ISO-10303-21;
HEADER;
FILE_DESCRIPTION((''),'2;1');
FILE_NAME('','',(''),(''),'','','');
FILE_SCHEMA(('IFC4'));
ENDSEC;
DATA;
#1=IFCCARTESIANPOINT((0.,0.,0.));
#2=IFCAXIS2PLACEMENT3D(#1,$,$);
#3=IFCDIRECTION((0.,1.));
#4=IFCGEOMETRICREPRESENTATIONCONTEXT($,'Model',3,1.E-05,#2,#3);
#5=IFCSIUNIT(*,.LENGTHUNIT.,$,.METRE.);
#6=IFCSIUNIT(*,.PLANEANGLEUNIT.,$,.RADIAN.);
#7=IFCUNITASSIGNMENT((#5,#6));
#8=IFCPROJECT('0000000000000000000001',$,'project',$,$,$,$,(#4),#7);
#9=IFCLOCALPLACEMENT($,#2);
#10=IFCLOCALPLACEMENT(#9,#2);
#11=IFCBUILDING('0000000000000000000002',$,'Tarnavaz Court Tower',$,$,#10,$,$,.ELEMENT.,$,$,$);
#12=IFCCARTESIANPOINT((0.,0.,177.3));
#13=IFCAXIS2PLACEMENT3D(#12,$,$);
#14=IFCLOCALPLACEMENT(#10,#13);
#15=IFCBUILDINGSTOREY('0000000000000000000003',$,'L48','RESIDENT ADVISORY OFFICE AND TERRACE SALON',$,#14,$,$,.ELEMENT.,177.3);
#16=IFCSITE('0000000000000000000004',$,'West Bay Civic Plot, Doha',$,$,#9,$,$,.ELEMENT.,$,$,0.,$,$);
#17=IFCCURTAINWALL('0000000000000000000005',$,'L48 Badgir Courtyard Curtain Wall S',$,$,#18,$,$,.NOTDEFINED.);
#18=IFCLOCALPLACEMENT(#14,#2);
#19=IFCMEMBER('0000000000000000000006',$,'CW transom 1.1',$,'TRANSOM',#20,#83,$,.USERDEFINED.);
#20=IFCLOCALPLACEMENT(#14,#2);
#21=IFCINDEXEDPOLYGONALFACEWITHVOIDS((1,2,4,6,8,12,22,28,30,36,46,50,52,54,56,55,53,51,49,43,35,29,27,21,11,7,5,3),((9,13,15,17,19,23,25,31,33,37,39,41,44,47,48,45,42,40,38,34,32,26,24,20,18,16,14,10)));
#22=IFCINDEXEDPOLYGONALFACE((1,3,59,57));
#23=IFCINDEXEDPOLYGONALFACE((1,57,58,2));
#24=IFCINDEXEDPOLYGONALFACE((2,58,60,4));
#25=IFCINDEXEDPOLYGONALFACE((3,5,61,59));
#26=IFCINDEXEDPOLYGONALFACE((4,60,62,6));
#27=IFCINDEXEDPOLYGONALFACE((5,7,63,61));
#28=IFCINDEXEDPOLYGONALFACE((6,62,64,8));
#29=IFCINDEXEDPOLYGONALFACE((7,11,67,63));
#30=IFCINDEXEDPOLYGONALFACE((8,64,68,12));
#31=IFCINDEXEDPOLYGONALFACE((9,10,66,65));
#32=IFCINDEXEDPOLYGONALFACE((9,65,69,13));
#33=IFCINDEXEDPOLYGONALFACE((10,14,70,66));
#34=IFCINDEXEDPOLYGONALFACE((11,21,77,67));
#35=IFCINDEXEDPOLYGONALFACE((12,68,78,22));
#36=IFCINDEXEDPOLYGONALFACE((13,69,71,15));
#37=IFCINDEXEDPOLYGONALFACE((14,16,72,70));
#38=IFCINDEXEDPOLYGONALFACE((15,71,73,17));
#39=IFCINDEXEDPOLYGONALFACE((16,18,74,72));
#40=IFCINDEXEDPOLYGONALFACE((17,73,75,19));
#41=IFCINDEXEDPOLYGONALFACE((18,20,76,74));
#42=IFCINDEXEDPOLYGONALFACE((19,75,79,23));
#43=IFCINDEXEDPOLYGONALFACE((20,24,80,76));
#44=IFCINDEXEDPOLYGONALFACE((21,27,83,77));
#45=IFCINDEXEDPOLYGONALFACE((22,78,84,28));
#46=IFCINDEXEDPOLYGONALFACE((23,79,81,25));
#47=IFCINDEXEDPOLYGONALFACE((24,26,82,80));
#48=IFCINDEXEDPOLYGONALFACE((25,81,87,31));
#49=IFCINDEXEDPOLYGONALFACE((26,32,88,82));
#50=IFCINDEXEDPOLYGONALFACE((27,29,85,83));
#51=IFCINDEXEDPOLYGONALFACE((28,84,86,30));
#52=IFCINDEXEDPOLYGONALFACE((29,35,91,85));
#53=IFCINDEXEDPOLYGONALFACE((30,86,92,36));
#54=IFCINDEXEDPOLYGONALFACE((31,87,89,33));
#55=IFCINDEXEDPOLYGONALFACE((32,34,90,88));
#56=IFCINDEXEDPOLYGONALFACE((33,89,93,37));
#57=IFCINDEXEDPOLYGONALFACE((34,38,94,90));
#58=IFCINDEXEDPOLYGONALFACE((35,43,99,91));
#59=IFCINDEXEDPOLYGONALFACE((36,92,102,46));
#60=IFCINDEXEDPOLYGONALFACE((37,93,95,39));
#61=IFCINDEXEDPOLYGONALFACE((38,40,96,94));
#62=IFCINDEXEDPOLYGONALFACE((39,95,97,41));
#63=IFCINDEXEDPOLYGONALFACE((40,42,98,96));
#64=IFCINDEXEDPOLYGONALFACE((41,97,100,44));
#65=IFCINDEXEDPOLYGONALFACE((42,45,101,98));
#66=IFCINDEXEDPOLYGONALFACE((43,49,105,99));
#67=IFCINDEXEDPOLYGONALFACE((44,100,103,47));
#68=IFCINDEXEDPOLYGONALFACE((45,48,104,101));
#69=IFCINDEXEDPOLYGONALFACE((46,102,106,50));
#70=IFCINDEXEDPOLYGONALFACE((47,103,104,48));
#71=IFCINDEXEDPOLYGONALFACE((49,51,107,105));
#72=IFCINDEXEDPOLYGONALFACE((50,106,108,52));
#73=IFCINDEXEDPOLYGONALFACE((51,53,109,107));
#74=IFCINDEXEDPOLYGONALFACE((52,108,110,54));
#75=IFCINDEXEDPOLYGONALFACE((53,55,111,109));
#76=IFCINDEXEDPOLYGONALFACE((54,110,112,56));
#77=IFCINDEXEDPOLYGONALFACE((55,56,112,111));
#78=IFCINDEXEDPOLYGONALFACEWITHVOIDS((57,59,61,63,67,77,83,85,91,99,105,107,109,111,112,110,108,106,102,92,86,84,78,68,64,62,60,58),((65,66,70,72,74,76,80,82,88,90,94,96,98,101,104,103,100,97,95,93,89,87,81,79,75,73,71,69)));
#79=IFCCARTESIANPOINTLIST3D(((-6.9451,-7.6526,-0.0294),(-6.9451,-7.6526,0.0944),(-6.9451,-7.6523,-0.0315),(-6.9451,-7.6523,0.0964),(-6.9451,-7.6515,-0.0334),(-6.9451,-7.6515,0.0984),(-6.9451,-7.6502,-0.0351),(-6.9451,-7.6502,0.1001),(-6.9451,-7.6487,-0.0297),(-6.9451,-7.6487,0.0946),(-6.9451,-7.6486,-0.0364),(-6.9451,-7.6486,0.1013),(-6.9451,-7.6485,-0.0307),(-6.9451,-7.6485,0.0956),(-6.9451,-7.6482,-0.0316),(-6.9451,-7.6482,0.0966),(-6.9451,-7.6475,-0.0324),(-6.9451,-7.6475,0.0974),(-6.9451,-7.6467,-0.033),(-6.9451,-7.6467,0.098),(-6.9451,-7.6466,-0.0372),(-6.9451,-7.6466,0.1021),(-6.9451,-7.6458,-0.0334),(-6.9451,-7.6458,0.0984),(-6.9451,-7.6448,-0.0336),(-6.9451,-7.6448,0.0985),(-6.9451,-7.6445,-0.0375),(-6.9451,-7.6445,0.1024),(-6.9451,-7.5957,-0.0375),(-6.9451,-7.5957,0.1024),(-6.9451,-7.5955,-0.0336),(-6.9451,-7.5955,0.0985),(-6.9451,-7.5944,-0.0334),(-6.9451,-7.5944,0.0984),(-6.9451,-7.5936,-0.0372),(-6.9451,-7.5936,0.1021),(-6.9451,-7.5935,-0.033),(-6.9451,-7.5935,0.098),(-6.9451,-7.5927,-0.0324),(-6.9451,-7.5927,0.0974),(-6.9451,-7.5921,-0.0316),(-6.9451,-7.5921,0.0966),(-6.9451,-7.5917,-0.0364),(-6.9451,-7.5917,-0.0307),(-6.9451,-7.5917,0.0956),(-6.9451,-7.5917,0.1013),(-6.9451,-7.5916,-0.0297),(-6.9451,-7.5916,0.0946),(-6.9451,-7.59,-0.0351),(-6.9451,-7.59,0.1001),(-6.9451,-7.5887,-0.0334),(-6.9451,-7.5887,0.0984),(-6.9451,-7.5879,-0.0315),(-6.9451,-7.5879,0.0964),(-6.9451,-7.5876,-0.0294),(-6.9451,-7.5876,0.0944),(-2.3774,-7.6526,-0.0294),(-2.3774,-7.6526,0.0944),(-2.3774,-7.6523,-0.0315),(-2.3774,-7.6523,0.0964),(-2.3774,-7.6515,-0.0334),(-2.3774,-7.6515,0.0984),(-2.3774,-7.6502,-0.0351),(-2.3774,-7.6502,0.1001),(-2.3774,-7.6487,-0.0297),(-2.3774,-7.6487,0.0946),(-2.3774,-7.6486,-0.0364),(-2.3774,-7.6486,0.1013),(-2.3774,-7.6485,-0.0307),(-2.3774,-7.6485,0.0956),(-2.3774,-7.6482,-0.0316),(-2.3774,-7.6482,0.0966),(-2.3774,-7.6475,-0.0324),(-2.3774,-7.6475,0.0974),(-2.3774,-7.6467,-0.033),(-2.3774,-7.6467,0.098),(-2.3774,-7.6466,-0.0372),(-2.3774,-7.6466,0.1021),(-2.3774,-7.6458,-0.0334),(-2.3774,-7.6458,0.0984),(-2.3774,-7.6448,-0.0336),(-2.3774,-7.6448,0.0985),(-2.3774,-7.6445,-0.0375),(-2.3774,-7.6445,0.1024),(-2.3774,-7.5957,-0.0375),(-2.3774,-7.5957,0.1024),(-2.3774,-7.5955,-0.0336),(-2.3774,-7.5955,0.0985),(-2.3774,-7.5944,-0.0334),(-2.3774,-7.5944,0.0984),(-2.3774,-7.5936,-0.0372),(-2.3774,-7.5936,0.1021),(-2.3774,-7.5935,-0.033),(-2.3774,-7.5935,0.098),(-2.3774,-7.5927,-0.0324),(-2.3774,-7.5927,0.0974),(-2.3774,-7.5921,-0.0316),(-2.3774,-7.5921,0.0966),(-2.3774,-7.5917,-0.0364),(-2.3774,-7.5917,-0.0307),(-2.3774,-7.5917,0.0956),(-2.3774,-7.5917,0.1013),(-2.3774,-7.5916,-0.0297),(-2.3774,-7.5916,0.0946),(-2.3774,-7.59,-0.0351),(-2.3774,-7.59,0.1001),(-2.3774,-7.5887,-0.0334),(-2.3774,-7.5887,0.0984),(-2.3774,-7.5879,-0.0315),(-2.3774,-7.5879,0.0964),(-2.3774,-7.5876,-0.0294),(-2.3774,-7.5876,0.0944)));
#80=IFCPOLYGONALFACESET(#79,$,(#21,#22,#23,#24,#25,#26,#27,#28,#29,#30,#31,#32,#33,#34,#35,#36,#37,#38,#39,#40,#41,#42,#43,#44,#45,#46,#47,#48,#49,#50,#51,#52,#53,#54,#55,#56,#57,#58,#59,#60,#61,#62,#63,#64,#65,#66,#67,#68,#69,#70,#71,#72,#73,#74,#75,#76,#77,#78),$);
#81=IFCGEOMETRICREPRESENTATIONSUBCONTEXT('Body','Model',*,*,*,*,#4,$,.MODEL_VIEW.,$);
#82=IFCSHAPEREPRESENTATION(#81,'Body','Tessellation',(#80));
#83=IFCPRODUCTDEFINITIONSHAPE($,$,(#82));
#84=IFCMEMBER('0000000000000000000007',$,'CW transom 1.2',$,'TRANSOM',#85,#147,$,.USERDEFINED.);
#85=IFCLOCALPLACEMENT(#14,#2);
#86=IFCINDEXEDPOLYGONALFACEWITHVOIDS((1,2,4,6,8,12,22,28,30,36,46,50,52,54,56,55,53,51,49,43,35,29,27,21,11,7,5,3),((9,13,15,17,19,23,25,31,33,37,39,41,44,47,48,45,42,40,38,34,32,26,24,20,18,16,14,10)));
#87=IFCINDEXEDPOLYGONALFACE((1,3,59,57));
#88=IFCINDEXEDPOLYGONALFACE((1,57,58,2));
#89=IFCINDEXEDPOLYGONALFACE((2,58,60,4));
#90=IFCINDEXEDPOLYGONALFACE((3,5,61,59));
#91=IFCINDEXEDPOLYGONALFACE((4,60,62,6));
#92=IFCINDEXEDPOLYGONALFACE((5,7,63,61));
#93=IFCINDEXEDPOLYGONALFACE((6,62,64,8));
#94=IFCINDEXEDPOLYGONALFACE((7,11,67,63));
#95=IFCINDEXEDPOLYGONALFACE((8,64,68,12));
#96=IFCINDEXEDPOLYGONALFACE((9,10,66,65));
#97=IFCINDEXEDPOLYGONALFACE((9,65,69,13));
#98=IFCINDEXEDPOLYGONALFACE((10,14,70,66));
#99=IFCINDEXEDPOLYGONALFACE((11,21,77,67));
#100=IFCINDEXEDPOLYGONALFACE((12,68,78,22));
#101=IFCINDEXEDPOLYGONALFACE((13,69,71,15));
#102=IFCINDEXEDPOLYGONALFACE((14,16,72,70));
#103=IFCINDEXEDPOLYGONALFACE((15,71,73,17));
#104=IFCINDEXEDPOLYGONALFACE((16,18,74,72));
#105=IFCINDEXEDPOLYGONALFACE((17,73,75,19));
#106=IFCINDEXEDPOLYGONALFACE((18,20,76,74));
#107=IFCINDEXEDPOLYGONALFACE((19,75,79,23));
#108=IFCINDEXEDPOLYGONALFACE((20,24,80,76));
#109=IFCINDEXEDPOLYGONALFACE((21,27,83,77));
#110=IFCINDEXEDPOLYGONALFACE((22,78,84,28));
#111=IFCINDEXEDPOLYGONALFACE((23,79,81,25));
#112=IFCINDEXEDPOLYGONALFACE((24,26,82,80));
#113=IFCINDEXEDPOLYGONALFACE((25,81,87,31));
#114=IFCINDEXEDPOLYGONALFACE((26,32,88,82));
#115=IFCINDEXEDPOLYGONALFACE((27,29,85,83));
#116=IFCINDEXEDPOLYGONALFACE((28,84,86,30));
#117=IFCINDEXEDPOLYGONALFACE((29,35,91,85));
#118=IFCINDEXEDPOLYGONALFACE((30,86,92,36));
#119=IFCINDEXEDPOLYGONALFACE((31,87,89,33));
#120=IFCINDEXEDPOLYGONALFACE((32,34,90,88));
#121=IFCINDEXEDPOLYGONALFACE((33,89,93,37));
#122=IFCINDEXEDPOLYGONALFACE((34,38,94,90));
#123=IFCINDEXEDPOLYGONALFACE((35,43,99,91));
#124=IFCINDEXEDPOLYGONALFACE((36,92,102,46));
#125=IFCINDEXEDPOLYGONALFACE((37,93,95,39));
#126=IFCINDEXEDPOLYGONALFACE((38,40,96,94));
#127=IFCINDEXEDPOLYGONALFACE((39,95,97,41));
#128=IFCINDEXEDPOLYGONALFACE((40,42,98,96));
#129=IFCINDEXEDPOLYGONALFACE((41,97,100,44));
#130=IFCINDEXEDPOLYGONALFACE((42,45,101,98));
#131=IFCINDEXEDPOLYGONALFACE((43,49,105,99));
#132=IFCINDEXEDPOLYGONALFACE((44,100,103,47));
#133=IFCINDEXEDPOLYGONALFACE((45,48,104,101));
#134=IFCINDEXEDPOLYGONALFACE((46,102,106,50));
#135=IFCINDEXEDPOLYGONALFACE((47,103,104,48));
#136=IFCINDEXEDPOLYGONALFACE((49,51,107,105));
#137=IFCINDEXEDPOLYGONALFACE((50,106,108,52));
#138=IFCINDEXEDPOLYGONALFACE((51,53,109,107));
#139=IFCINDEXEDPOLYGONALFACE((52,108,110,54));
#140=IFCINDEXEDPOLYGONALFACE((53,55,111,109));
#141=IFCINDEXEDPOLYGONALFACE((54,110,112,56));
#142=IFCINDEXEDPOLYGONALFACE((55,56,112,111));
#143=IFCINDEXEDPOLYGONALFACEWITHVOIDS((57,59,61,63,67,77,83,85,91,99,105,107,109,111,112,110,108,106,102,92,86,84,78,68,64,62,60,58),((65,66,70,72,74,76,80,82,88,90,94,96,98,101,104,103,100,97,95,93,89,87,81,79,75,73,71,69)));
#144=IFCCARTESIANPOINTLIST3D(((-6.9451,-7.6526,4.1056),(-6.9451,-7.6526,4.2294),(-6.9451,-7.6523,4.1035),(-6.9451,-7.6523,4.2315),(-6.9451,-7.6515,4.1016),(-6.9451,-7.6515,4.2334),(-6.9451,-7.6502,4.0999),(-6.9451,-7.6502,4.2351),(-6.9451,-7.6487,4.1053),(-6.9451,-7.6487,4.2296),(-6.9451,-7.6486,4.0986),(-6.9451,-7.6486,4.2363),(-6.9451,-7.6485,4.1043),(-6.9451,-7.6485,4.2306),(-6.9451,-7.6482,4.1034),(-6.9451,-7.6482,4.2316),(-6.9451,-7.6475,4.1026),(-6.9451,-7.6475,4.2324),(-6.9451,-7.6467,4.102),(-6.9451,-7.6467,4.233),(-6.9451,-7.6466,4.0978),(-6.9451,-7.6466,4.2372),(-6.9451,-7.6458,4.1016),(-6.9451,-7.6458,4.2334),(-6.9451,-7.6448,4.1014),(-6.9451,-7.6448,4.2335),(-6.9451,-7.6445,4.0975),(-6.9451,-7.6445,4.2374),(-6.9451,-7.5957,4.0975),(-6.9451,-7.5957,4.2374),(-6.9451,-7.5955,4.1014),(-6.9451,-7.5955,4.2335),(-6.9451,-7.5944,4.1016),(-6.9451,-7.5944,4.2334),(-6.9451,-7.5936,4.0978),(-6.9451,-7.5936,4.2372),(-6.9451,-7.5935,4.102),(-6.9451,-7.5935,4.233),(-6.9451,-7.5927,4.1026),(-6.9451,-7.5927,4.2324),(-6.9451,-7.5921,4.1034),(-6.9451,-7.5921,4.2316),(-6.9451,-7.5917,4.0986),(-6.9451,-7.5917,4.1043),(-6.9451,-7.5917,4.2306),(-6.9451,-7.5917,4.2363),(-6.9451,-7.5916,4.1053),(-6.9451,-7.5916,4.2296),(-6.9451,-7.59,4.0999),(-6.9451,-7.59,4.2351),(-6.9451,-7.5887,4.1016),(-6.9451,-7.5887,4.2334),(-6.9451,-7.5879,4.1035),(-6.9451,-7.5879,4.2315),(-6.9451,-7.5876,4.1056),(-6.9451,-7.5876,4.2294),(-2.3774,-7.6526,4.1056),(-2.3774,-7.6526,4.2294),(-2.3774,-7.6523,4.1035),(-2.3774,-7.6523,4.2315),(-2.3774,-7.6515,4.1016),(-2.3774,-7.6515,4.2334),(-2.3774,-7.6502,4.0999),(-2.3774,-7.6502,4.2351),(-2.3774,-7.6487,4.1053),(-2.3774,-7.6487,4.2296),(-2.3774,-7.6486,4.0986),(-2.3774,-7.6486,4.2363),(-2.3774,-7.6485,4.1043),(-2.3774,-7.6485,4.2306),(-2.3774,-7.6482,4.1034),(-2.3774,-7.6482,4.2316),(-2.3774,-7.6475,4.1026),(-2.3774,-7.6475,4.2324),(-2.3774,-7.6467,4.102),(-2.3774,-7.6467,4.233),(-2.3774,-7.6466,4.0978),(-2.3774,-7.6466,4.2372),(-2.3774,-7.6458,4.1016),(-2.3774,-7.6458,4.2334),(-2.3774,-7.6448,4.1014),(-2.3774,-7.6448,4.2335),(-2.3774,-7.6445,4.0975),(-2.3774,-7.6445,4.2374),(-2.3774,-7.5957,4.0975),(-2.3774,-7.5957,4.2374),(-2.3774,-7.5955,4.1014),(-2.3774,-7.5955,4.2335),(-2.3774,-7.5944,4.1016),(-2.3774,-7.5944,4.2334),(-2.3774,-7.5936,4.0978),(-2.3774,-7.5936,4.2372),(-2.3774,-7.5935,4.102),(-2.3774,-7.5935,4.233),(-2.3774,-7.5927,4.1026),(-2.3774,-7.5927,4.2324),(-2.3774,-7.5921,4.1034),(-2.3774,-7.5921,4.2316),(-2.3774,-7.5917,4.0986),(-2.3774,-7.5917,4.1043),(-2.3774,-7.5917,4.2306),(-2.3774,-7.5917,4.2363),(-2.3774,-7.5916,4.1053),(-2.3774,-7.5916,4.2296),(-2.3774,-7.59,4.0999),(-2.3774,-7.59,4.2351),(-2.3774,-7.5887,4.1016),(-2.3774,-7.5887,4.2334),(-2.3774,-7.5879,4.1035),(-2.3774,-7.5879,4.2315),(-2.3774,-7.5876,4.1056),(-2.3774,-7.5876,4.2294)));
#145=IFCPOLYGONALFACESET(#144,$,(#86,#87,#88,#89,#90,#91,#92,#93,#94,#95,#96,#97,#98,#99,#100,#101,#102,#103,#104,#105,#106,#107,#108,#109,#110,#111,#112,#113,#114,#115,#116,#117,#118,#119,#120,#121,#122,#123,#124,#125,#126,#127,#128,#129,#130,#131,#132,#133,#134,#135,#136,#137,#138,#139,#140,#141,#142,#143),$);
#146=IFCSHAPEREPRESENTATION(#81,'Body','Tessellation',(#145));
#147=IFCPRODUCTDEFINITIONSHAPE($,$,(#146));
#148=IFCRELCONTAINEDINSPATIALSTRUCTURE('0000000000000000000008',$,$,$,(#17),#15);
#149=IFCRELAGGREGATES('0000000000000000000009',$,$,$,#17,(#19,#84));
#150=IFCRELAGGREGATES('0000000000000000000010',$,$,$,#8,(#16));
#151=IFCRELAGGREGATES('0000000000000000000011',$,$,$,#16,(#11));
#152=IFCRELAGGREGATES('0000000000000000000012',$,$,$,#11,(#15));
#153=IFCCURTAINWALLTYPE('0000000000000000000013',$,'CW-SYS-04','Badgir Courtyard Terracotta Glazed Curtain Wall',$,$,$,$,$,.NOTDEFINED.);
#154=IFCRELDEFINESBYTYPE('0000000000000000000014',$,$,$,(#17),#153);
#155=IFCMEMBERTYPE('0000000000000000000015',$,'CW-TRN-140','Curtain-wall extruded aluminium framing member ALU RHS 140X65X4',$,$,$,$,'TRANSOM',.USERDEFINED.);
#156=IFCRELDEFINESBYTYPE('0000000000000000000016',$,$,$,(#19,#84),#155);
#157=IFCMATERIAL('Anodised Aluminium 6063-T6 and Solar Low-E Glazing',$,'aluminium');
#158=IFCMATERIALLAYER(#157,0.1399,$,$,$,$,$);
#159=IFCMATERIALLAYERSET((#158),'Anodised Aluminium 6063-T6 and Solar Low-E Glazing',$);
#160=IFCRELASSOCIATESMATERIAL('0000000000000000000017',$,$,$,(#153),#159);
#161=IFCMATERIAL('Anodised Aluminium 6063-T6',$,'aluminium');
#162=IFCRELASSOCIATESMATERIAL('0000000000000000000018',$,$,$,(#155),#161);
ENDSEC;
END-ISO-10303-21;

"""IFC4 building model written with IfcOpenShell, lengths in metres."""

from ifc_helpers import new_model, si_unit, direction, frame, origin, origin_2d, place, context, subcontext, project, spatial, hollow_rectangle, extrude, material, layer, layer_set, material_profile, profile_set, type_object, element, aggregate, save


model = new_model("IFC4")

# Units and contexts
model_context = context("Model", 3, precision=1e-05, world=origin(), true_north=direction((0.0, 1.0)))
body_context = subcontext(model_context, "Body", "Model", "MODEL_VIEW")
ifc_project = project(units=[si_unit("LENGTHUNIT", "METRE"), si_unit("PLANEANGLEUNIT", "RADIAN")], contexts=[model_context])

# Site, building, storey
site_placement = place(None, origin())
site = spatial("IfcSite", under=ifc_project, at=site_placement, Name="West Bay Civic Plot, Doha", CompositionType="ELEMENT", RefElevation=0.0)
building_placement = place(site_placement, origin())
building = spatial("IfcBuilding", under=site, at=building_placement, Name="Tarnavaz Court Tower", CompositionType="ELEMENT")
storey_placement = place(building_placement, frame((0.0, 0.0, 177.3)))
storey = spatial("IfcBuildingStorey", under=building, at=storey_placement, Name="L48", Description="RESIDENT ADVISORY OFFICE AND TERRACE SALON", CompositionType="ELEMENT", Elevation=177.3)

# Curtain wall, members
ifc_material_1 = material(Name="Anodised Aluminium 6063-T6 and Solar Low-E Glazing", Category="aluminium")
ifc_layer_1 = layer(ifc_material_1, 0.1399)
ifc_layer_set_1 = layer_set([ifc_layer_1], Name="Anodised Aluminium 6063-T6 and Solar Low-E Glazing")
curtain_wall_type = type_object("IfcCurtainWallType", Name="CW-SYS-04", Description="Badgir Courtyard Terracotta Glazed Curtain Wall", PredefinedType="NOTDEFINED", material=ifc_layer_set_1)
curtain_wall_placement = place(storey_placement, origin())
curtain_wall = element("IfcCurtainWall", 1, at=curtain_wall_placement, inside=storey, type_object=curtain_wall_type, Name="L48 Badgir Courtyard Curtain Wall S", PredefinedType="NOTDEFINED")
ifc_material_2 = material(Name="Anodised Aluminium 6063-T6", Category="aluminium")
ifc_material_profile_1 = material_profile(ifc_material_2, hollow_rectangle(XDim=0.0649, YDim=0.1399, WallThickness=0.0039, InnerFilletRadius=0.0039, OuterFilletRadius=0.0081, at=origin_2d()), Name="ALU RHS 140X65X4")
ifc_profile_set_1 = profile_set([ifc_material_profile_1], Name="Anodised Aluminium 6063-T6")
member_type_1 = type_object("IfcMemberType", Name="CW-TRN-140", Description="Curtain-wall extruded aluminium framing member ALU RHS 140X65X4", ElementType="TRANSOM", PredefinedType="USERDEFINED", material=ifc_profile_set_1)
member_1_placement = place(storey_placement, frame((-6.9451, -7.6201, 0.0325), z_axis=(1.0, 0.0, 0.0), x_axis=(0.0, 1.0, 0.0)))
member_1 = element("IfcMember", 2, at=member_1_placement, type_object=member_type_1, Name="CW transom 1.1", ObjectType="TRANSOM", PredefinedType="USERDEFINED", context=body_context, shape_type="SweptSolid", body=[
    extrude(hollow_rectangle(XDim=0.0649, YDim=0.1399, WallThickness=0.0039, InnerFilletRadius=0.0039, OuterFilletRadius=0.0081, at=origin_2d()), origin(), (0.0, 0.0, 1.0), 4.5676),
])
member_2_placement = place(storey_placement, frame((-6.9451, -7.6201, 4.1675), z_axis=(1.0, 0.0, 0.0), x_axis=(0.0, 1.0, 0.0)))
member_2 = element("IfcMember", 3, at=member_2_placement, type_object=member_type_1, Name="CW transom 1.2", ObjectType="TRANSOM", PredefinedType="USERDEFINED", context=body_context, shape_type="SweptSolid", body=[
    extrude(hollow_rectangle(XDim=0.0649, YDim=0.1399, WallThickness=0.0039, InnerFilletRadius=0.0039, OuterFilletRadius=0.0081, at=origin_2d()), origin(), (0.0, 0.0, 1.0), 4.5676),
])
aggregate(curtain_wall, [member_1, member_2])

save(model, "model.ifc")
